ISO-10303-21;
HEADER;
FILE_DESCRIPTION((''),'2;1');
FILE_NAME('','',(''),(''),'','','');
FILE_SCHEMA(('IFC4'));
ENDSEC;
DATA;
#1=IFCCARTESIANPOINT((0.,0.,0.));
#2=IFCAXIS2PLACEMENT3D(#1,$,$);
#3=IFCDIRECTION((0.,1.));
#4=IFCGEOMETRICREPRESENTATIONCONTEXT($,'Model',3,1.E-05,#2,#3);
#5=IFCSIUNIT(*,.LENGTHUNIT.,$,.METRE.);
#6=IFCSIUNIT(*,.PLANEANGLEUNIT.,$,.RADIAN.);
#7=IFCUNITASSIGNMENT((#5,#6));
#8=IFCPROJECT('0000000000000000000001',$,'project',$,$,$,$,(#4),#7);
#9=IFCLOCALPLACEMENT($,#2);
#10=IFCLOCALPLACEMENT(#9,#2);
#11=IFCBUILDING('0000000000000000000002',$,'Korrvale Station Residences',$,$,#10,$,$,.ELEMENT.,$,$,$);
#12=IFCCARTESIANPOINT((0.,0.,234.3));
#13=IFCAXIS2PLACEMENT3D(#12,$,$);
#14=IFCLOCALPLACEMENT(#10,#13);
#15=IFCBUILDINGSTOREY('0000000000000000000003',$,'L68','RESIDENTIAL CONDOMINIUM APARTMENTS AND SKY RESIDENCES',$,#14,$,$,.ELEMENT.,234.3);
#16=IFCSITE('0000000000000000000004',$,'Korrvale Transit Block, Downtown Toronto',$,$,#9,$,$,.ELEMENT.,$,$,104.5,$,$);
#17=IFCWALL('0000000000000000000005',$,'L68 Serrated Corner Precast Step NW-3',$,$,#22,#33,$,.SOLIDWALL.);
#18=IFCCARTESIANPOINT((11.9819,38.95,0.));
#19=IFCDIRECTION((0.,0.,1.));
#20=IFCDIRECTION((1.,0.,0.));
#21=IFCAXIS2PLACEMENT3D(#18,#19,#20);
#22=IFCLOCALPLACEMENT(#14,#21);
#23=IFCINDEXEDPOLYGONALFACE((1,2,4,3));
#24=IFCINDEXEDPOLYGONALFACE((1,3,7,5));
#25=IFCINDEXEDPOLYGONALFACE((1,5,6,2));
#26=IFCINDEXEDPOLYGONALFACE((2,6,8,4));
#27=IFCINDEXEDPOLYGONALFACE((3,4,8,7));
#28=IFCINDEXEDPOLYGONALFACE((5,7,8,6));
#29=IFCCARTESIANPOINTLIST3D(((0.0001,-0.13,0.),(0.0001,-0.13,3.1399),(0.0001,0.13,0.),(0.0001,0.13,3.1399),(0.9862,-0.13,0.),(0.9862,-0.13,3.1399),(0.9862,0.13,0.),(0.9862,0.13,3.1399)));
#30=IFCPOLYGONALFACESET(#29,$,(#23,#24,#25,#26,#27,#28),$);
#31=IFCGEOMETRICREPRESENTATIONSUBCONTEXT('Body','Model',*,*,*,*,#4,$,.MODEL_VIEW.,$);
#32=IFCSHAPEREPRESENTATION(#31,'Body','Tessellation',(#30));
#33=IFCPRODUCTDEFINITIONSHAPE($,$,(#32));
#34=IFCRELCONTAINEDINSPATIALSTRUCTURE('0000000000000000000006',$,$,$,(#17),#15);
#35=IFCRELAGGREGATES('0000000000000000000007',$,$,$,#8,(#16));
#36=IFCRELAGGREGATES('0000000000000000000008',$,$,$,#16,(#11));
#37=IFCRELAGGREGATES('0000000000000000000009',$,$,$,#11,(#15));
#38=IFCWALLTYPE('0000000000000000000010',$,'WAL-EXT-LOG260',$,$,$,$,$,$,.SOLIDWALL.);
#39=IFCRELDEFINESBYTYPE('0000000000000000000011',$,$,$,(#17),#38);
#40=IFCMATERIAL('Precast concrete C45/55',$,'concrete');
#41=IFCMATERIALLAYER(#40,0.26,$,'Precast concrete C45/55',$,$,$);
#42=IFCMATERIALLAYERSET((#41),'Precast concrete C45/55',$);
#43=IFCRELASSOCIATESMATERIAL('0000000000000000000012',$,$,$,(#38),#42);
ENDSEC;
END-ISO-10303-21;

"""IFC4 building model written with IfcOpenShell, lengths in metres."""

from ifc_helpers import new_model, si_unit, direction, frame, frame_2d, origin, place, context, subcontext, project, spatial, rectangle, extrude, material, layer, layer_set, type_object, element, save


model = new_model("IFC4")

# Units and contexts
model_context = context("Model", 3, precision=1e-05, world=origin(), true_north=direction((0.0, 1.0)))
body_context = subcontext(model_context, "Body", "Model", "MODEL_VIEW")
ifc_project = project(units=[si_unit("LENGTHUNIT", "METRE"), si_unit("PLANEANGLEUNIT", "RADIAN")], contexts=[model_context])

# Site, building, storey
site_placement = place(None, origin())
site = spatial("IfcSite", under=ifc_project, at=site_placement, Name="Korrvale Transit Block, Downtown Toronto", CompositionType="ELEMENT", RefElevation=104.5)
building_placement = place(site_placement, origin())
building = spatial("IfcBuilding", under=site, at=building_placement, Name="Korrvale Station Residences", CompositionType="ELEMENT")
storey_placement = place(building_placement, frame((0.0, 0.0, 234.3)))
storey = spatial("IfcBuildingStorey", under=building, at=storey_placement, Name="L68", Description="RESIDENTIAL CONDOMINIUM APARTMENTS AND SKY RESIDENCES", CompositionType="ELEMENT", Elevation=234.3)

# Wall
ifc_material_1 = material(Name="Precast concrete C45/55", Category="concrete")
ifc_layer_1 = layer(ifc_material_1, 0.26, Name="Precast concrete C45/55")
ifc_layer_set_1 = layer_set([ifc_layer_1], Name="Precast concrete C45/55")
wall_type_1 = type_object("IfcWallType", Name="WAL-EXT-LOG260", PredefinedType="SOLIDWALL", material=ifc_layer_set_1)
wall_1_placement = place(storey_placement, frame((11.9819, 38.95, 0.0), z_axis=(0.0, 0.0, 1.0), x_axis=(1.0, 0.0, 0.0)))
element("IfcWall", 1, at=wall_1_placement, inside=storey, type_object=wall_type_1, Name="L68 Serrated Corner Precast Step NW-3", PredefinedType="SOLIDWALL", context=body_context, shape_type="SweptSolid", body=[
    extrude(rectangle(XDim=0.9861, YDim=0.26, at=frame_2d((0.4932, 0.0))), origin(), (0.0, 0.0, 1.0), 3.1399),
])

save(model, "model.ifc")
